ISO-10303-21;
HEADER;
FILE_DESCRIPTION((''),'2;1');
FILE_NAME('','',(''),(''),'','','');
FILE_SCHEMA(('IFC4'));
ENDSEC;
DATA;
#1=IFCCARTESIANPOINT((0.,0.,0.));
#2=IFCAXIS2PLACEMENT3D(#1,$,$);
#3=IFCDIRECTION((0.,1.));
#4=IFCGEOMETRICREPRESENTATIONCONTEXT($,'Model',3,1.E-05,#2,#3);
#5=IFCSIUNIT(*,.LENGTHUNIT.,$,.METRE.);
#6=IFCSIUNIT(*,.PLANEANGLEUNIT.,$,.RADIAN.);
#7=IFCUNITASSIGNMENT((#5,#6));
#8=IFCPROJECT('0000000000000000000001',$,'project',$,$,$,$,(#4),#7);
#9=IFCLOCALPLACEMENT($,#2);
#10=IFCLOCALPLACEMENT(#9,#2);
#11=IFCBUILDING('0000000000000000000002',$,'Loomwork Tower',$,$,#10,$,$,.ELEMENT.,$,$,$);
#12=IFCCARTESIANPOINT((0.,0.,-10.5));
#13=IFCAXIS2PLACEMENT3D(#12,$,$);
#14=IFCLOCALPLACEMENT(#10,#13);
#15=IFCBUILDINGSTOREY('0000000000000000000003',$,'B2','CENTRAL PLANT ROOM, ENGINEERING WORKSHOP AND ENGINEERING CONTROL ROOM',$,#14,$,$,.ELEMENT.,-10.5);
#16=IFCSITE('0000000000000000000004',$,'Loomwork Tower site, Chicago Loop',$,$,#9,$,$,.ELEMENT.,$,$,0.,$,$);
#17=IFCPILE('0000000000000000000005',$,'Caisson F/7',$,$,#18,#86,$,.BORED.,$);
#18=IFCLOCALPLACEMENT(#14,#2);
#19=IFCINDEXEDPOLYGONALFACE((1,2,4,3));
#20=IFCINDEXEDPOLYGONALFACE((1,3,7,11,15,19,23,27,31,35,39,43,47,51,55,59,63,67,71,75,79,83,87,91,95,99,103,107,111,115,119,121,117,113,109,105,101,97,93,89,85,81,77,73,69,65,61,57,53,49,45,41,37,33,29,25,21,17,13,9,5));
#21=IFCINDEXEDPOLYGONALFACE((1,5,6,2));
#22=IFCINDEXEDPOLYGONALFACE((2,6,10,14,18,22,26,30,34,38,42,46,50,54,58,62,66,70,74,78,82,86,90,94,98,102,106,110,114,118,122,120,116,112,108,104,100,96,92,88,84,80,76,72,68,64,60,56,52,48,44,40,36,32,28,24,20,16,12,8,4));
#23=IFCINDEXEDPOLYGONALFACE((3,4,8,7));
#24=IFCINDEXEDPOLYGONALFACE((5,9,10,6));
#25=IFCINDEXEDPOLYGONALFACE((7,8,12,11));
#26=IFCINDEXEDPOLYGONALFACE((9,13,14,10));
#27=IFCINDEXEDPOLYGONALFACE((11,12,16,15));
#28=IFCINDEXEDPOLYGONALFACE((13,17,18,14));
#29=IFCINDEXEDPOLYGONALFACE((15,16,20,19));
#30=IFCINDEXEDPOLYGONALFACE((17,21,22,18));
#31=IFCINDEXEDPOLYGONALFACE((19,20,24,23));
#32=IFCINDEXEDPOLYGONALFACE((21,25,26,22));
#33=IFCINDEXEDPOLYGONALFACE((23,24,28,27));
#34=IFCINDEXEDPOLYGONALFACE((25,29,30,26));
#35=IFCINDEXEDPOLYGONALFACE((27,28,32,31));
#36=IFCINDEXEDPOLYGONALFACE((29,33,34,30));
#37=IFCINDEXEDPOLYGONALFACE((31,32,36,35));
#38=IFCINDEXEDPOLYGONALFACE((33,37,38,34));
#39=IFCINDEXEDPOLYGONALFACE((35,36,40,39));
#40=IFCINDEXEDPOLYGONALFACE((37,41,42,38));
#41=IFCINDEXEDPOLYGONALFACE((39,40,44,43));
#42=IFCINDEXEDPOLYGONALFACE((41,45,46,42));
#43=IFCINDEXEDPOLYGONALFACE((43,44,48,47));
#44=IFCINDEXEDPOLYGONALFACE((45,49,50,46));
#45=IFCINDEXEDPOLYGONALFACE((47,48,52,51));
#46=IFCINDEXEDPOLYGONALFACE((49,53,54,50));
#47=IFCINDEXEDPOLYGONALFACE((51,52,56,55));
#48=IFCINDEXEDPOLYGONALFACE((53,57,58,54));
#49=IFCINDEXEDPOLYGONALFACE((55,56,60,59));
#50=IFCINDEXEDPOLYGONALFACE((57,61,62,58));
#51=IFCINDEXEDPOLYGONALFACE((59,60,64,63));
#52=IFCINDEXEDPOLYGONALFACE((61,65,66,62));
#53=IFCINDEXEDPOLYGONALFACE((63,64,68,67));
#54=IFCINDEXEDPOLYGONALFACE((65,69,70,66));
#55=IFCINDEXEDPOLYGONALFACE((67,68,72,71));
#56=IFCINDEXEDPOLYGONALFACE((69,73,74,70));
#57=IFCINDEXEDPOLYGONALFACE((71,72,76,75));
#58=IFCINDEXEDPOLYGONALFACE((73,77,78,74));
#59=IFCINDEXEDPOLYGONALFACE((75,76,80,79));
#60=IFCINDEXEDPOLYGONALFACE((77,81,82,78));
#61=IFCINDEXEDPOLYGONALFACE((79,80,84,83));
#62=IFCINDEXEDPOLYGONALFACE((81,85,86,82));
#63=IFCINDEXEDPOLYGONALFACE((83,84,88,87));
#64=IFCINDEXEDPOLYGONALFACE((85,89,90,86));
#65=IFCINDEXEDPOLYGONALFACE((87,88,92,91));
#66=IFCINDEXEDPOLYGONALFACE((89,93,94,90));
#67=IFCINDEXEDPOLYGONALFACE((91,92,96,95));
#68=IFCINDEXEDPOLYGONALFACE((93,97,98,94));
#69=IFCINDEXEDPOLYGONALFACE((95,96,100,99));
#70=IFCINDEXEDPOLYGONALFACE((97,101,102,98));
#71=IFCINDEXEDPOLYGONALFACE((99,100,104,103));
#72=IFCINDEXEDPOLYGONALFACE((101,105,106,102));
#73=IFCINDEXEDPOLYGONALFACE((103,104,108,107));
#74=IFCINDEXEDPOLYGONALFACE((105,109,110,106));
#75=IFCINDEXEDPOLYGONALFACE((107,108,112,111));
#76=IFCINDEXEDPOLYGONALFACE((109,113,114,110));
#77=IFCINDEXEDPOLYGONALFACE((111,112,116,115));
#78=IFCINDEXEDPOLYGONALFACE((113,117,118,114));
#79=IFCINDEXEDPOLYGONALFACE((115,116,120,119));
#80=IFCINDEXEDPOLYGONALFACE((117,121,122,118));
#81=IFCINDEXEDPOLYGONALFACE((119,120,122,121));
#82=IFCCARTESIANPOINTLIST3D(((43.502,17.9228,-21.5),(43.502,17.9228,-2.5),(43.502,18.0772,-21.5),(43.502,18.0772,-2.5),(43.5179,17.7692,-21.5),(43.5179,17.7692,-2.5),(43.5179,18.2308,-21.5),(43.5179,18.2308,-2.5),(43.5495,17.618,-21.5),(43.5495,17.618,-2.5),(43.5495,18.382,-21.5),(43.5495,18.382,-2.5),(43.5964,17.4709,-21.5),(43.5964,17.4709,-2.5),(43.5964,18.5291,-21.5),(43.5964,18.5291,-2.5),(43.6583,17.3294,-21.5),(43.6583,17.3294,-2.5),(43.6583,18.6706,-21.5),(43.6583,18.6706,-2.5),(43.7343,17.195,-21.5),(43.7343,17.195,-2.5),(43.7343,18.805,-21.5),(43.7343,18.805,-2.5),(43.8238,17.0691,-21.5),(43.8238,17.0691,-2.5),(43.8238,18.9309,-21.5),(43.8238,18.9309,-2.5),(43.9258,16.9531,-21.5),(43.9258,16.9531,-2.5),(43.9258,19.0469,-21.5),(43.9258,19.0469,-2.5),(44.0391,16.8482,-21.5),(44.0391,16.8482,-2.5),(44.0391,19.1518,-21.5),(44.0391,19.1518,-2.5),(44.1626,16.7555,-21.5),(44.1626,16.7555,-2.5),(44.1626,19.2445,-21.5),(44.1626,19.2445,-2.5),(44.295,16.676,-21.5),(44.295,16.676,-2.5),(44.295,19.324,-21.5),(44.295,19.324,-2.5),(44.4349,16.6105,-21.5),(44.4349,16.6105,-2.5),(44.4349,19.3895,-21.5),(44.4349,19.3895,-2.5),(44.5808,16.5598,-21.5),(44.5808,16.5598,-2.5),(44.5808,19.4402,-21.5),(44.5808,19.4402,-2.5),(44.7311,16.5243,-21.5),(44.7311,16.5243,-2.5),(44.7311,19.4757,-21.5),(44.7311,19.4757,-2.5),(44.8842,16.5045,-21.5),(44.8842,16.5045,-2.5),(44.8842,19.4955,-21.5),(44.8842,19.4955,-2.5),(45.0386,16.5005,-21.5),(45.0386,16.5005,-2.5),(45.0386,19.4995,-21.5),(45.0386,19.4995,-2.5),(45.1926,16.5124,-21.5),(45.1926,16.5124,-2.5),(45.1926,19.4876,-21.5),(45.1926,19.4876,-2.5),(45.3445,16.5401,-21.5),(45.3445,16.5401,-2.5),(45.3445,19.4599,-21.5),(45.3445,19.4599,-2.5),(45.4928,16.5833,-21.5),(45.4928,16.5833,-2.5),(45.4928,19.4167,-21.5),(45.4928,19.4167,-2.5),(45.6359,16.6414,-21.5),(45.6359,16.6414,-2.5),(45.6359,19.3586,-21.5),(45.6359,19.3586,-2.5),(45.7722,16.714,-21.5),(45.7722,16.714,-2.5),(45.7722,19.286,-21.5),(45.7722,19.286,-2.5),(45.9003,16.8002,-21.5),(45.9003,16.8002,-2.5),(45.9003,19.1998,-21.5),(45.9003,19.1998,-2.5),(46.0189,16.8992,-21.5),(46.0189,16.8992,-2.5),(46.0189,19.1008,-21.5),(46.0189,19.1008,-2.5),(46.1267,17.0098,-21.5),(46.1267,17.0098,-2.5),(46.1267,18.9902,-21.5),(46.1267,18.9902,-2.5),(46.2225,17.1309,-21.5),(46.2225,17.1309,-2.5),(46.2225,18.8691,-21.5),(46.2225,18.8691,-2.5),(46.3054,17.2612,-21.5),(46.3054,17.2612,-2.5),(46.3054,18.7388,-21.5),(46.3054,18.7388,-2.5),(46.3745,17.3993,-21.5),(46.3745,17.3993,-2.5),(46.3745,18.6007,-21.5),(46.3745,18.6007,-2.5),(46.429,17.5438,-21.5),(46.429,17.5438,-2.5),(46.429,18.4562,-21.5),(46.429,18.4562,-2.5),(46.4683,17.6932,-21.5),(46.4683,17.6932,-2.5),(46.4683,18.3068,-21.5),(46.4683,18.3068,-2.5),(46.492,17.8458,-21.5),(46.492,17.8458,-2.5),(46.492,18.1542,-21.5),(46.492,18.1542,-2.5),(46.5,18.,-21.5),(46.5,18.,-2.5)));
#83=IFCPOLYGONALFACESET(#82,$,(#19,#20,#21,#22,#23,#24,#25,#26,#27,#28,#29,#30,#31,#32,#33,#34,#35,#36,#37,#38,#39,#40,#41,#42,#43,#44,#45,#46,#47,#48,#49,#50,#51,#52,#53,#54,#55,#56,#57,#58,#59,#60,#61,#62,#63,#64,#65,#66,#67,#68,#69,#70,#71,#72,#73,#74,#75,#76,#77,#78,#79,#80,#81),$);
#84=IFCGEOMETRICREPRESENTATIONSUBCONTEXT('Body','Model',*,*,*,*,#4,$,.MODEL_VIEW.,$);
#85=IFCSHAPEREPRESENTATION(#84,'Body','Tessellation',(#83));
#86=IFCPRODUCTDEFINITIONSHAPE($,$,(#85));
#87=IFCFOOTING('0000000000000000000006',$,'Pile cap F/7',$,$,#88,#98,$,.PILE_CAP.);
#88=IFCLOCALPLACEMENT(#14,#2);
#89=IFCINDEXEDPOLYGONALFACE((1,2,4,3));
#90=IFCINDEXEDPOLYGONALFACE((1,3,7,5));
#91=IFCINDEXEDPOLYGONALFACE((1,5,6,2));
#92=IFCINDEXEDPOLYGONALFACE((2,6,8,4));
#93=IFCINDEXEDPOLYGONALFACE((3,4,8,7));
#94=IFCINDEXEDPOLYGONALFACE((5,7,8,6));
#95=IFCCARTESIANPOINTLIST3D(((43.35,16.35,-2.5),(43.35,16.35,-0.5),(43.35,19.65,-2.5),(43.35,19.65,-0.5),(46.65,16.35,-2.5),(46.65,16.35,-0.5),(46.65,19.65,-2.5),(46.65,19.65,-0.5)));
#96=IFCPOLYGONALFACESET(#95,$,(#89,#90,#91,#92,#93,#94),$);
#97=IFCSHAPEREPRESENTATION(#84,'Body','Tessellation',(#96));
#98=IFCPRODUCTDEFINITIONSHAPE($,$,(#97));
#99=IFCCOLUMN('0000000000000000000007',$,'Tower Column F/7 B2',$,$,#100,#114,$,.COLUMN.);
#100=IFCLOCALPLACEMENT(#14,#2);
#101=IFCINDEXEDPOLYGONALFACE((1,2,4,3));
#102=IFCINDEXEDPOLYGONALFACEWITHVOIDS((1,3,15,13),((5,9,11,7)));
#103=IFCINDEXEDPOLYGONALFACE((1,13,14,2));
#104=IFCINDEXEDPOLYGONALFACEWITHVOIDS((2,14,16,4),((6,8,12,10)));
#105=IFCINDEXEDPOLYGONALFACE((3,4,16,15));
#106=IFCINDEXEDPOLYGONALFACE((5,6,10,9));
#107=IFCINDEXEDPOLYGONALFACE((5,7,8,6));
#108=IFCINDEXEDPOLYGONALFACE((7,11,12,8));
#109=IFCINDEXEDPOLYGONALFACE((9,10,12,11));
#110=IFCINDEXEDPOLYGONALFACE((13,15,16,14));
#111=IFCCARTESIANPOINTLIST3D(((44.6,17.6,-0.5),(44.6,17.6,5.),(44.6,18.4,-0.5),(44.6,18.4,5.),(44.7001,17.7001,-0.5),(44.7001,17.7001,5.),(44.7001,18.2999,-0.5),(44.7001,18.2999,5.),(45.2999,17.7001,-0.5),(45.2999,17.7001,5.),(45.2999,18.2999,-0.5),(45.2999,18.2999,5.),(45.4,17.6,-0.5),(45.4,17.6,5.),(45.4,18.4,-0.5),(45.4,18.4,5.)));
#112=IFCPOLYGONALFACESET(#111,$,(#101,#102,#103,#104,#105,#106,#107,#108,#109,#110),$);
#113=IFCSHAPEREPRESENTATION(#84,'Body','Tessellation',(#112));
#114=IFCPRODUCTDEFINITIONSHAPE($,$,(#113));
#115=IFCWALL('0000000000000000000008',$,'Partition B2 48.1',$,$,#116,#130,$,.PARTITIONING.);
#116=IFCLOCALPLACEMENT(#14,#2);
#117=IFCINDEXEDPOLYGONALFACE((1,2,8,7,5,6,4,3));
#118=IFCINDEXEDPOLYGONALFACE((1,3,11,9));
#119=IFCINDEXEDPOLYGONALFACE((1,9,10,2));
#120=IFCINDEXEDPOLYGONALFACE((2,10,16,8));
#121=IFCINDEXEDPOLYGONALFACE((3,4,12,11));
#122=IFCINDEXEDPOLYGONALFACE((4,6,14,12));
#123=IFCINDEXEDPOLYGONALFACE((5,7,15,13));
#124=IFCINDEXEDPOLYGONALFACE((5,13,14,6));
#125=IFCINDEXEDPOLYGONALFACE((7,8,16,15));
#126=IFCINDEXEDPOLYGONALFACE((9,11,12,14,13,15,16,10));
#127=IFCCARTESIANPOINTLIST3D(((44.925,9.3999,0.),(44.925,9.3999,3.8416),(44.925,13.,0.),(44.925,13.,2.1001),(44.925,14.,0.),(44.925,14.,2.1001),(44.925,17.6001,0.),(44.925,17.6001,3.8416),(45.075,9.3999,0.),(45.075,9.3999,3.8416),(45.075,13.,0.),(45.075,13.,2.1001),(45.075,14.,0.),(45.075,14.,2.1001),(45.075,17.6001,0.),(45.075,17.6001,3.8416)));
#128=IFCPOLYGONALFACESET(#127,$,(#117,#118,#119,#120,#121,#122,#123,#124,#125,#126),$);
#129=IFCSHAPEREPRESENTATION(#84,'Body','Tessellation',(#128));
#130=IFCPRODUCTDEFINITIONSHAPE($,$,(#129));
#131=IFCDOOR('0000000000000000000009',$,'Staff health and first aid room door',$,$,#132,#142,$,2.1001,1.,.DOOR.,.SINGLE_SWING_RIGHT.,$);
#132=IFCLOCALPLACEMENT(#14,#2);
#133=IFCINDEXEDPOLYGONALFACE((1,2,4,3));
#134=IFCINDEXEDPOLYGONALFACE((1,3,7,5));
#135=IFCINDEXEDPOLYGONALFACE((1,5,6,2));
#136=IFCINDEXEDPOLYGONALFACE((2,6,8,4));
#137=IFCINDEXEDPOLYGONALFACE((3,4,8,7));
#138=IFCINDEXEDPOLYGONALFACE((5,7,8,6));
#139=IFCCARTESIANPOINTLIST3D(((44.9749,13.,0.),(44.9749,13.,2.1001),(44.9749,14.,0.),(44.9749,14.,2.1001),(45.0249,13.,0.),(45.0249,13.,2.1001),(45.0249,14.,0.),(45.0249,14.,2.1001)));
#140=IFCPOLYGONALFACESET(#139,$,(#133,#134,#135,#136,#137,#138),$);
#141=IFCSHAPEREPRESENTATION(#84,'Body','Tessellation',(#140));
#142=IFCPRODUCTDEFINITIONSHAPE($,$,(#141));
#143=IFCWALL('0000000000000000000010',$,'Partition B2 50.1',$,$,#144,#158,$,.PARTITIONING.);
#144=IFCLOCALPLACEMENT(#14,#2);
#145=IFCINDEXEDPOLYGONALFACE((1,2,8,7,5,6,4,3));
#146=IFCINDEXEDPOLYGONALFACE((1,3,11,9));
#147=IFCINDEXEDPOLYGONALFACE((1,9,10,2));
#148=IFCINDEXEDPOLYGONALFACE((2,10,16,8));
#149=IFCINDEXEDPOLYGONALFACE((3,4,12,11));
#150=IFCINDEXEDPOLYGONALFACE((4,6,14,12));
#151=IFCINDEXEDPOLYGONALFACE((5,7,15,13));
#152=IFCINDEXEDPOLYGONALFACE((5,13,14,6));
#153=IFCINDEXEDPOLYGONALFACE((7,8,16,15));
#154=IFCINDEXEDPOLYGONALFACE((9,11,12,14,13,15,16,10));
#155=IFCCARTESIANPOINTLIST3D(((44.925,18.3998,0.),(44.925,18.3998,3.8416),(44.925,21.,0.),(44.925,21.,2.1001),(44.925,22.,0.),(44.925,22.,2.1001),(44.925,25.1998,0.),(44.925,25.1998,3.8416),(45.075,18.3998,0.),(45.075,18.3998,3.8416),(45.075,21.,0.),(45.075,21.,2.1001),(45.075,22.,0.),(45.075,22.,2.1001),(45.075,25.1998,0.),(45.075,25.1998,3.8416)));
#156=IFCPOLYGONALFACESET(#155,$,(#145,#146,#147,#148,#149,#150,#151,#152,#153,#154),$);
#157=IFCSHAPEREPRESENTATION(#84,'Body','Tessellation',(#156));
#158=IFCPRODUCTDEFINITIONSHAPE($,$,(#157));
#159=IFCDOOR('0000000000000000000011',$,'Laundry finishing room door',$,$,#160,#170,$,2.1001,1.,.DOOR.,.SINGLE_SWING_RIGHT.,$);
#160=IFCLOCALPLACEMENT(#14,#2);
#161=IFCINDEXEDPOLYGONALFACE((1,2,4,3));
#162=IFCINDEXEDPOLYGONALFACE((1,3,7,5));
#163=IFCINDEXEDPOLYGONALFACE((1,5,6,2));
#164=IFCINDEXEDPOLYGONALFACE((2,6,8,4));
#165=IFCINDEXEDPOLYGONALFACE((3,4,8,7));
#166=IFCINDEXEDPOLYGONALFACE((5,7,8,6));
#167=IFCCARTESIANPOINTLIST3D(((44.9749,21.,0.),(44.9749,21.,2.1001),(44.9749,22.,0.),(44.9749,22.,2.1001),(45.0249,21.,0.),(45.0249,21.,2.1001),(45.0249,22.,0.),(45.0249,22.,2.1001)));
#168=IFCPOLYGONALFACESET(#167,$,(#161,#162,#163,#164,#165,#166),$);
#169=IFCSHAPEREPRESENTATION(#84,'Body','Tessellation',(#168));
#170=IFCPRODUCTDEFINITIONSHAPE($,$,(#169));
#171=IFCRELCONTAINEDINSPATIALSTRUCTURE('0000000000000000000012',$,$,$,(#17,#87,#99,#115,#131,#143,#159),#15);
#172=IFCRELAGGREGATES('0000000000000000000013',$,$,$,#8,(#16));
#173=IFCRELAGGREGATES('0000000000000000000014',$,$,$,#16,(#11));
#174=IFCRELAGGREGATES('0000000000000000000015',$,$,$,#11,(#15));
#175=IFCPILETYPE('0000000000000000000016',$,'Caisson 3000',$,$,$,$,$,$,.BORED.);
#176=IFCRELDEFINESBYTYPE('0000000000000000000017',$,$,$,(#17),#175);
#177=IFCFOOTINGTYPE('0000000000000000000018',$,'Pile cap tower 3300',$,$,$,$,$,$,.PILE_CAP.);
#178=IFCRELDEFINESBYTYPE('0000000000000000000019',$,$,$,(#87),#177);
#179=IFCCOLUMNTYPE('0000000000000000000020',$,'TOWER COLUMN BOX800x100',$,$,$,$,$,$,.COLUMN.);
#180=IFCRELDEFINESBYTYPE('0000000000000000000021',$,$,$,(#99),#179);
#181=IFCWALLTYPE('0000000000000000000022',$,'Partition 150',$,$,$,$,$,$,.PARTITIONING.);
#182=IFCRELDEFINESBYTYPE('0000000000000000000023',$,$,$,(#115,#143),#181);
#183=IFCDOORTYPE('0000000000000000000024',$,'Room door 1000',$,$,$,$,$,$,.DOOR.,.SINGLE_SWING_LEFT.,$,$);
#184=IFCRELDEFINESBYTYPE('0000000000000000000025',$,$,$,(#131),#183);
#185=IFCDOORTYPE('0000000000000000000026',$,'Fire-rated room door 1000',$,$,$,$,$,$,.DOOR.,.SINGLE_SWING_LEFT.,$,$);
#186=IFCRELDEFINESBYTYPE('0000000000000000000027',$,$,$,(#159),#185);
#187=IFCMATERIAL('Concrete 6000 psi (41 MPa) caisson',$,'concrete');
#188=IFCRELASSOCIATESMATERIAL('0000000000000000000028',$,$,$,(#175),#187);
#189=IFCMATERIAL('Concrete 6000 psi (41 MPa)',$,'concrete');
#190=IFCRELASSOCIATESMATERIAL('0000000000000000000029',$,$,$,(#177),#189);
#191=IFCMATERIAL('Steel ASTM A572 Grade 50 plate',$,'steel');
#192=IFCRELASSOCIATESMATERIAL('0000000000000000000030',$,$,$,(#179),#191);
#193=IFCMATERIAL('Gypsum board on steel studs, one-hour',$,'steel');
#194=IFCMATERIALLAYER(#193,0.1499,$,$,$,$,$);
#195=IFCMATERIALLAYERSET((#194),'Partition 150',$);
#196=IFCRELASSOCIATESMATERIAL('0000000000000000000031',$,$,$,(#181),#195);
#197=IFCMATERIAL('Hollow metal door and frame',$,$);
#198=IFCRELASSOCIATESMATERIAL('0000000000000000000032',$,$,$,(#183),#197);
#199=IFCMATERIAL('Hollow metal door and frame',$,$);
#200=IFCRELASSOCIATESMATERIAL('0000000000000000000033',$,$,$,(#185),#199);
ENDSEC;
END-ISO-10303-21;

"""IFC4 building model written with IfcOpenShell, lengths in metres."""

from ifc_helpers import new_model, si_unit, direction, frame, frame_2d, origin, origin_2d, place, context, subcontext, project, spatial, rectangle, hollow_rectangle, circle, extrude, material, layer, layer_set, material_profile, profile_set, type_object, element, fill, save


model = new_model("IFC4")

# Units and contexts
model_context = context("Model", 3, precision=1e-05, world=origin(), true_north=direction((0.0, 1.0)))
body_context = subcontext(model_context, "Body", "Model", "MODEL_VIEW")
ifc_project = project(units=[si_unit("LENGTHUNIT", "METRE"), si_unit("PLANEANGLEUNIT", "RADIAN")], contexts=[model_context])

# Site, building, storey
site_placement = place(None, origin())
site = spatial("IfcSite", under=ifc_project, at=site_placement, Name="Loomwork Tower site, Chicago Loop", CompositionType="ELEMENT", RefElevation=0.0)
building_placement = place(site_placement, origin())
building = spatial("IfcBuilding", under=site, at=building_placement, Name="Loomwork Tower", CompositionType="ELEMENT")
storey_placement = place(building_placement, frame((0.0, 0.0, -10.5)))
storey = spatial("IfcBuildingStorey", under=building, at=storey_placement, Name="B2", Description="CENTRAL PLANT ROOM, ENGINEERING WORKSHOP AND ENGINEERING CONTROL ROOM", CompositionType="ELEMENT", Elevation=-10.5)

# Pile
ifc_material_1 = material(Name="Concrete 6000 psi (41 MPa) caisson", Category="concrete")
ifc_material_profile_1 = material_profile(ifc_material_1, circle(Radius=1.5, at=origin_2d()), Name="D3000")
ifc_profile_set_1 = profile_set([ifc_material_profile_1], Name="Concrete 6000 psi (41 MPa) caisson")
pile_type = type_object("IfcPileType", Name="Caisson 3000", PredefinedType="BORED", material=ifc_profile_set_1)
pile_placement = place(storey_placement, frame((45.0, 18.0, -2.5), z_axis=(0.0, 0.0, -1.0), x_axis=(1.0, 0.0, 0.0)))
element("IfcPile", 1, at=pile_placement, inside=storey, type_object=pile_type, Name="Caisson F/7", PredefinedType="BORED", context=body_context, shape_type="SweptSolid", body=[
    extrude(circle(Radius=1.5, at=origin_2d()), origin(), (0.0, 0.0, 1.0), 19.0),
])

# Footing
ifc_material_2 = material(Name="Concrete 6000 psi (41 MPa)", Category="concrete")
footing_type = type_object("IfcFootingType", Name="Pile cap tower 3300", PredefinedType="PILE_CAP", material=ifc_material_2)
footing_placement = place(storey_placement, frame((45.0, 18.0, -2.5), z_axis=(0.0, 0.0, 1.0), x_axis=(1.0, 0.0, 0.0)))
element("IfcFooting", 2, at=footing_placement, inside=storey, type_object=footing_type, Name="Pile cap F/7", PredefinedType="PILE_CAP", context=body_context, shape_type="SweptSolid", body=[
    extrude(rectangle(XDim=3.3, YDim=3.3, at=origin_2d()), origin(), (0.0, 0.0, 1.0), 2.0),
])

# Column
ifc_material_3 = material(Name="Steel ASTM A572 Grade 50 plate", Category="steel")
ifc_material_profile_2 = material_profile(ifc_material_3, hollow_rectangle(XDim=0.8, YDim=0.8, WallThickness=0.1001, at=origin_2d()), Name="BOX800x100")
ifc_profile_set_2 = profile_set([ifc_material_profile_2], Name="Steel ASTM A572 Grade 50 plate")
column_type = type_object("IfcColumnType", Name="TOWER COLUMN BOX800x100", PredefinedType="COLUMN", material=ifc_profile_set_2)
column_placement = place(storey_placement, frame((45.0, 18.0, -0.5), z_axis=(0.0, 0.0, 1.0), x_axis=(0.0, 1.0, 0.0)))
element("IfcColumn", 3, at=column_placement, inside=storey, type_object=column_type, Name="Tower Column F/7 B2", PredefinedType="COLUMN", context=body_context, shape_type="SweptSolid", body=[
    extrude(hollow_rectangle(XDim=0.8, YDim=0.8, WallThickness=0.1001, at=origin_2d()), origin(), (0.0, 0.0, 1.0), 5.5),
])

# Walls, openings, doors
ifc_material_4 = material(Name="Gypsum board on steel studs, one-hour", Category="steel")
ifc_layer_1 = layer(ifc_material_4, 0.1499)
ifc_layer_set_1 = layer_set([ifc_layer_1], Name="Partition 150")
wall_type_1 = type_object("IfcWallType", Name="Partition 150", PredefinedType="PARTITIONING", material=ifc_layer_set_1)
wall_1_placement = place(storey_placement, frame((45.0, 9.3999, 0.0), z_axis=(0.0, 0.0, 1.0), x_axis=(0.0, 1.0, 0.0)))
wall_1 = element("IfcWall", 4, at=wall_1_placement, inside=storey, type_object=wall_type_1, Name="Partition B2 48.1", PredefinedType="PARTITIONING", context=body_context, shape_type="SweptSolid", body=[
    extrude(rectangle(XDim=8.2002, YDim=0.1499, at=frame_2d((4.1001, 0.0))), origin(), (0.0, 0.0, 1.0), 3.8416),
])
opening_1_placement = place(wall_1_placement, frame((3.6001, 0.0, 0.0)))
opening_1 = element("IfcOpeningElement", 5, at=opening_1_placement, cuts=wall_1, PredefinedType="OPENING", context=body_context, shape_type="SweptSolid", body=[
    extrude(rectangle(XDim=1.0, YDim=2.1001, at=frame_2d((0.5, 1.05))), frame((0.0, 0.085, 0.0), z_axis=(0.0, -1.0, 0.0), x_axis=(1.0, 0.0, 0.0)), (0.0, 0.0, 1.0), 0.1699),
])
ifc_material_5 = material(Name="Hollow metal door and frame")
door_type_1 = type_object("IfcDoorType", Name="Room door 1000", OperationType="SINGLE_SWING_LEFT", PredefinedType="DOOR", material=ifc_material_5)
door_1_placement = place(opening_1_placement, frame((1.0, 0.0, 0.0), z_axis=(0.0, 0.0, 1.0), x_axis=(-1.0, 0.0, 0.0)))
door_1 = element("IfcDoor", 6, at=door_1_placement, inside=storey, type_object=door_type_1, Name="Staff health and first aid room door", OperationType="SINGLE_SWING_RIGHT", OverallHeight=2.1001, OverallWidth=1.0, PredefinedType="DOOR", context=body_context, shape_type="SweptSolid", body=[
    extrude(rectangle(XDim=1.0, YDim=2.1001, at=frame_2d((0.5, 1.05))), frame((0.0, 0.0249, 0.0), z_axis=(0.0, -1.0, 0.0), x_axis=(1.0, 0.0, 0.0)), (0.0, 0.0, 1.0), 0.05),
])
fill(opening_1, door_1)
wall_2_placement = place(storey_placement, frame((45.0, 18.3999, 0.0), z_axis=(0.0, 0.0, 1.0), x_axis=(0.0, 1.0, 0.0)))
wall_2 = element("IfcWall", 7, at=wall_2_placement, inside=storey, type_object=wall_type_1, Name="Partition B2 50.1", PredefinedType="PARTITIONING", context=body_context, shape_type="SweptSolid", body=[
    extrude(rectangle(XDim=6.8, YDim=0.1499, at=frame_2d((3.3999, 0.0))), origin(), (0.0, 0.0, 1.0), 3.8416),
])
opening_2_placement = place(wall_2_placement, frame((2.6001, 0.0, 0.0)))
opening_2 = element("IfcOpeningElement", 8, at=opening_2_placement, cuts=wall_2, PredefinedType="OPENING", context=body_context, shape_type="SweptSolid", body=[
    extrude(rectangle(XDim=1.0, YDim=2.1001, at=frame_2d((0.5, 1.05))), frame((0.0, 0.085, 0.0), z_axis=(0.0, -1.0, 0.0), x_axis=(1.0, 0.0, 0.0)), (0.0, 0.0, 1.0), 0.1699),
])
ifc_material_6 = material(Name="Hollow metal door and frame")
door_type_2 = type_object("IfcDoorType", Name="Fire-rated room door 1000", OperationType="SINGLE_SWING_LEFT", PredefinedType="DOOR", material=ifc_material_6)
door_2_placement = place(opening_2_placement, frame((1.0, 0.0, 0.0), z_axis=(0.0, 0.0, 1.0), x_axis=(-1.0, 0.0, 0.0)))
door_2 = element("IfcDoor", 9, at=door_2_placement, inside=storey, type_object=door_type_2, Name="Laundry finishing room door", OperationType="SINGLE_SWING_RIGHT", OverallHeight=2.1001, OverallWidth=1.0, PredefinedType="DOOR", context=body_context, shape_type="SweptSolid", body=[
    extrude(rectangle(XDim=1.0, YDim=2.1001, at=frame_2d((0.5, 1.05))), frame((0.0, 0.0249, 0.0), z_axis=(0.0, -1.0, 0.0), x_axis=(1.0, 0.0, 0.0)), (0.0, 0.0, 1.0), 0.05),
])
fill(opening_2, door_2)

save(model, "model.ifc")
